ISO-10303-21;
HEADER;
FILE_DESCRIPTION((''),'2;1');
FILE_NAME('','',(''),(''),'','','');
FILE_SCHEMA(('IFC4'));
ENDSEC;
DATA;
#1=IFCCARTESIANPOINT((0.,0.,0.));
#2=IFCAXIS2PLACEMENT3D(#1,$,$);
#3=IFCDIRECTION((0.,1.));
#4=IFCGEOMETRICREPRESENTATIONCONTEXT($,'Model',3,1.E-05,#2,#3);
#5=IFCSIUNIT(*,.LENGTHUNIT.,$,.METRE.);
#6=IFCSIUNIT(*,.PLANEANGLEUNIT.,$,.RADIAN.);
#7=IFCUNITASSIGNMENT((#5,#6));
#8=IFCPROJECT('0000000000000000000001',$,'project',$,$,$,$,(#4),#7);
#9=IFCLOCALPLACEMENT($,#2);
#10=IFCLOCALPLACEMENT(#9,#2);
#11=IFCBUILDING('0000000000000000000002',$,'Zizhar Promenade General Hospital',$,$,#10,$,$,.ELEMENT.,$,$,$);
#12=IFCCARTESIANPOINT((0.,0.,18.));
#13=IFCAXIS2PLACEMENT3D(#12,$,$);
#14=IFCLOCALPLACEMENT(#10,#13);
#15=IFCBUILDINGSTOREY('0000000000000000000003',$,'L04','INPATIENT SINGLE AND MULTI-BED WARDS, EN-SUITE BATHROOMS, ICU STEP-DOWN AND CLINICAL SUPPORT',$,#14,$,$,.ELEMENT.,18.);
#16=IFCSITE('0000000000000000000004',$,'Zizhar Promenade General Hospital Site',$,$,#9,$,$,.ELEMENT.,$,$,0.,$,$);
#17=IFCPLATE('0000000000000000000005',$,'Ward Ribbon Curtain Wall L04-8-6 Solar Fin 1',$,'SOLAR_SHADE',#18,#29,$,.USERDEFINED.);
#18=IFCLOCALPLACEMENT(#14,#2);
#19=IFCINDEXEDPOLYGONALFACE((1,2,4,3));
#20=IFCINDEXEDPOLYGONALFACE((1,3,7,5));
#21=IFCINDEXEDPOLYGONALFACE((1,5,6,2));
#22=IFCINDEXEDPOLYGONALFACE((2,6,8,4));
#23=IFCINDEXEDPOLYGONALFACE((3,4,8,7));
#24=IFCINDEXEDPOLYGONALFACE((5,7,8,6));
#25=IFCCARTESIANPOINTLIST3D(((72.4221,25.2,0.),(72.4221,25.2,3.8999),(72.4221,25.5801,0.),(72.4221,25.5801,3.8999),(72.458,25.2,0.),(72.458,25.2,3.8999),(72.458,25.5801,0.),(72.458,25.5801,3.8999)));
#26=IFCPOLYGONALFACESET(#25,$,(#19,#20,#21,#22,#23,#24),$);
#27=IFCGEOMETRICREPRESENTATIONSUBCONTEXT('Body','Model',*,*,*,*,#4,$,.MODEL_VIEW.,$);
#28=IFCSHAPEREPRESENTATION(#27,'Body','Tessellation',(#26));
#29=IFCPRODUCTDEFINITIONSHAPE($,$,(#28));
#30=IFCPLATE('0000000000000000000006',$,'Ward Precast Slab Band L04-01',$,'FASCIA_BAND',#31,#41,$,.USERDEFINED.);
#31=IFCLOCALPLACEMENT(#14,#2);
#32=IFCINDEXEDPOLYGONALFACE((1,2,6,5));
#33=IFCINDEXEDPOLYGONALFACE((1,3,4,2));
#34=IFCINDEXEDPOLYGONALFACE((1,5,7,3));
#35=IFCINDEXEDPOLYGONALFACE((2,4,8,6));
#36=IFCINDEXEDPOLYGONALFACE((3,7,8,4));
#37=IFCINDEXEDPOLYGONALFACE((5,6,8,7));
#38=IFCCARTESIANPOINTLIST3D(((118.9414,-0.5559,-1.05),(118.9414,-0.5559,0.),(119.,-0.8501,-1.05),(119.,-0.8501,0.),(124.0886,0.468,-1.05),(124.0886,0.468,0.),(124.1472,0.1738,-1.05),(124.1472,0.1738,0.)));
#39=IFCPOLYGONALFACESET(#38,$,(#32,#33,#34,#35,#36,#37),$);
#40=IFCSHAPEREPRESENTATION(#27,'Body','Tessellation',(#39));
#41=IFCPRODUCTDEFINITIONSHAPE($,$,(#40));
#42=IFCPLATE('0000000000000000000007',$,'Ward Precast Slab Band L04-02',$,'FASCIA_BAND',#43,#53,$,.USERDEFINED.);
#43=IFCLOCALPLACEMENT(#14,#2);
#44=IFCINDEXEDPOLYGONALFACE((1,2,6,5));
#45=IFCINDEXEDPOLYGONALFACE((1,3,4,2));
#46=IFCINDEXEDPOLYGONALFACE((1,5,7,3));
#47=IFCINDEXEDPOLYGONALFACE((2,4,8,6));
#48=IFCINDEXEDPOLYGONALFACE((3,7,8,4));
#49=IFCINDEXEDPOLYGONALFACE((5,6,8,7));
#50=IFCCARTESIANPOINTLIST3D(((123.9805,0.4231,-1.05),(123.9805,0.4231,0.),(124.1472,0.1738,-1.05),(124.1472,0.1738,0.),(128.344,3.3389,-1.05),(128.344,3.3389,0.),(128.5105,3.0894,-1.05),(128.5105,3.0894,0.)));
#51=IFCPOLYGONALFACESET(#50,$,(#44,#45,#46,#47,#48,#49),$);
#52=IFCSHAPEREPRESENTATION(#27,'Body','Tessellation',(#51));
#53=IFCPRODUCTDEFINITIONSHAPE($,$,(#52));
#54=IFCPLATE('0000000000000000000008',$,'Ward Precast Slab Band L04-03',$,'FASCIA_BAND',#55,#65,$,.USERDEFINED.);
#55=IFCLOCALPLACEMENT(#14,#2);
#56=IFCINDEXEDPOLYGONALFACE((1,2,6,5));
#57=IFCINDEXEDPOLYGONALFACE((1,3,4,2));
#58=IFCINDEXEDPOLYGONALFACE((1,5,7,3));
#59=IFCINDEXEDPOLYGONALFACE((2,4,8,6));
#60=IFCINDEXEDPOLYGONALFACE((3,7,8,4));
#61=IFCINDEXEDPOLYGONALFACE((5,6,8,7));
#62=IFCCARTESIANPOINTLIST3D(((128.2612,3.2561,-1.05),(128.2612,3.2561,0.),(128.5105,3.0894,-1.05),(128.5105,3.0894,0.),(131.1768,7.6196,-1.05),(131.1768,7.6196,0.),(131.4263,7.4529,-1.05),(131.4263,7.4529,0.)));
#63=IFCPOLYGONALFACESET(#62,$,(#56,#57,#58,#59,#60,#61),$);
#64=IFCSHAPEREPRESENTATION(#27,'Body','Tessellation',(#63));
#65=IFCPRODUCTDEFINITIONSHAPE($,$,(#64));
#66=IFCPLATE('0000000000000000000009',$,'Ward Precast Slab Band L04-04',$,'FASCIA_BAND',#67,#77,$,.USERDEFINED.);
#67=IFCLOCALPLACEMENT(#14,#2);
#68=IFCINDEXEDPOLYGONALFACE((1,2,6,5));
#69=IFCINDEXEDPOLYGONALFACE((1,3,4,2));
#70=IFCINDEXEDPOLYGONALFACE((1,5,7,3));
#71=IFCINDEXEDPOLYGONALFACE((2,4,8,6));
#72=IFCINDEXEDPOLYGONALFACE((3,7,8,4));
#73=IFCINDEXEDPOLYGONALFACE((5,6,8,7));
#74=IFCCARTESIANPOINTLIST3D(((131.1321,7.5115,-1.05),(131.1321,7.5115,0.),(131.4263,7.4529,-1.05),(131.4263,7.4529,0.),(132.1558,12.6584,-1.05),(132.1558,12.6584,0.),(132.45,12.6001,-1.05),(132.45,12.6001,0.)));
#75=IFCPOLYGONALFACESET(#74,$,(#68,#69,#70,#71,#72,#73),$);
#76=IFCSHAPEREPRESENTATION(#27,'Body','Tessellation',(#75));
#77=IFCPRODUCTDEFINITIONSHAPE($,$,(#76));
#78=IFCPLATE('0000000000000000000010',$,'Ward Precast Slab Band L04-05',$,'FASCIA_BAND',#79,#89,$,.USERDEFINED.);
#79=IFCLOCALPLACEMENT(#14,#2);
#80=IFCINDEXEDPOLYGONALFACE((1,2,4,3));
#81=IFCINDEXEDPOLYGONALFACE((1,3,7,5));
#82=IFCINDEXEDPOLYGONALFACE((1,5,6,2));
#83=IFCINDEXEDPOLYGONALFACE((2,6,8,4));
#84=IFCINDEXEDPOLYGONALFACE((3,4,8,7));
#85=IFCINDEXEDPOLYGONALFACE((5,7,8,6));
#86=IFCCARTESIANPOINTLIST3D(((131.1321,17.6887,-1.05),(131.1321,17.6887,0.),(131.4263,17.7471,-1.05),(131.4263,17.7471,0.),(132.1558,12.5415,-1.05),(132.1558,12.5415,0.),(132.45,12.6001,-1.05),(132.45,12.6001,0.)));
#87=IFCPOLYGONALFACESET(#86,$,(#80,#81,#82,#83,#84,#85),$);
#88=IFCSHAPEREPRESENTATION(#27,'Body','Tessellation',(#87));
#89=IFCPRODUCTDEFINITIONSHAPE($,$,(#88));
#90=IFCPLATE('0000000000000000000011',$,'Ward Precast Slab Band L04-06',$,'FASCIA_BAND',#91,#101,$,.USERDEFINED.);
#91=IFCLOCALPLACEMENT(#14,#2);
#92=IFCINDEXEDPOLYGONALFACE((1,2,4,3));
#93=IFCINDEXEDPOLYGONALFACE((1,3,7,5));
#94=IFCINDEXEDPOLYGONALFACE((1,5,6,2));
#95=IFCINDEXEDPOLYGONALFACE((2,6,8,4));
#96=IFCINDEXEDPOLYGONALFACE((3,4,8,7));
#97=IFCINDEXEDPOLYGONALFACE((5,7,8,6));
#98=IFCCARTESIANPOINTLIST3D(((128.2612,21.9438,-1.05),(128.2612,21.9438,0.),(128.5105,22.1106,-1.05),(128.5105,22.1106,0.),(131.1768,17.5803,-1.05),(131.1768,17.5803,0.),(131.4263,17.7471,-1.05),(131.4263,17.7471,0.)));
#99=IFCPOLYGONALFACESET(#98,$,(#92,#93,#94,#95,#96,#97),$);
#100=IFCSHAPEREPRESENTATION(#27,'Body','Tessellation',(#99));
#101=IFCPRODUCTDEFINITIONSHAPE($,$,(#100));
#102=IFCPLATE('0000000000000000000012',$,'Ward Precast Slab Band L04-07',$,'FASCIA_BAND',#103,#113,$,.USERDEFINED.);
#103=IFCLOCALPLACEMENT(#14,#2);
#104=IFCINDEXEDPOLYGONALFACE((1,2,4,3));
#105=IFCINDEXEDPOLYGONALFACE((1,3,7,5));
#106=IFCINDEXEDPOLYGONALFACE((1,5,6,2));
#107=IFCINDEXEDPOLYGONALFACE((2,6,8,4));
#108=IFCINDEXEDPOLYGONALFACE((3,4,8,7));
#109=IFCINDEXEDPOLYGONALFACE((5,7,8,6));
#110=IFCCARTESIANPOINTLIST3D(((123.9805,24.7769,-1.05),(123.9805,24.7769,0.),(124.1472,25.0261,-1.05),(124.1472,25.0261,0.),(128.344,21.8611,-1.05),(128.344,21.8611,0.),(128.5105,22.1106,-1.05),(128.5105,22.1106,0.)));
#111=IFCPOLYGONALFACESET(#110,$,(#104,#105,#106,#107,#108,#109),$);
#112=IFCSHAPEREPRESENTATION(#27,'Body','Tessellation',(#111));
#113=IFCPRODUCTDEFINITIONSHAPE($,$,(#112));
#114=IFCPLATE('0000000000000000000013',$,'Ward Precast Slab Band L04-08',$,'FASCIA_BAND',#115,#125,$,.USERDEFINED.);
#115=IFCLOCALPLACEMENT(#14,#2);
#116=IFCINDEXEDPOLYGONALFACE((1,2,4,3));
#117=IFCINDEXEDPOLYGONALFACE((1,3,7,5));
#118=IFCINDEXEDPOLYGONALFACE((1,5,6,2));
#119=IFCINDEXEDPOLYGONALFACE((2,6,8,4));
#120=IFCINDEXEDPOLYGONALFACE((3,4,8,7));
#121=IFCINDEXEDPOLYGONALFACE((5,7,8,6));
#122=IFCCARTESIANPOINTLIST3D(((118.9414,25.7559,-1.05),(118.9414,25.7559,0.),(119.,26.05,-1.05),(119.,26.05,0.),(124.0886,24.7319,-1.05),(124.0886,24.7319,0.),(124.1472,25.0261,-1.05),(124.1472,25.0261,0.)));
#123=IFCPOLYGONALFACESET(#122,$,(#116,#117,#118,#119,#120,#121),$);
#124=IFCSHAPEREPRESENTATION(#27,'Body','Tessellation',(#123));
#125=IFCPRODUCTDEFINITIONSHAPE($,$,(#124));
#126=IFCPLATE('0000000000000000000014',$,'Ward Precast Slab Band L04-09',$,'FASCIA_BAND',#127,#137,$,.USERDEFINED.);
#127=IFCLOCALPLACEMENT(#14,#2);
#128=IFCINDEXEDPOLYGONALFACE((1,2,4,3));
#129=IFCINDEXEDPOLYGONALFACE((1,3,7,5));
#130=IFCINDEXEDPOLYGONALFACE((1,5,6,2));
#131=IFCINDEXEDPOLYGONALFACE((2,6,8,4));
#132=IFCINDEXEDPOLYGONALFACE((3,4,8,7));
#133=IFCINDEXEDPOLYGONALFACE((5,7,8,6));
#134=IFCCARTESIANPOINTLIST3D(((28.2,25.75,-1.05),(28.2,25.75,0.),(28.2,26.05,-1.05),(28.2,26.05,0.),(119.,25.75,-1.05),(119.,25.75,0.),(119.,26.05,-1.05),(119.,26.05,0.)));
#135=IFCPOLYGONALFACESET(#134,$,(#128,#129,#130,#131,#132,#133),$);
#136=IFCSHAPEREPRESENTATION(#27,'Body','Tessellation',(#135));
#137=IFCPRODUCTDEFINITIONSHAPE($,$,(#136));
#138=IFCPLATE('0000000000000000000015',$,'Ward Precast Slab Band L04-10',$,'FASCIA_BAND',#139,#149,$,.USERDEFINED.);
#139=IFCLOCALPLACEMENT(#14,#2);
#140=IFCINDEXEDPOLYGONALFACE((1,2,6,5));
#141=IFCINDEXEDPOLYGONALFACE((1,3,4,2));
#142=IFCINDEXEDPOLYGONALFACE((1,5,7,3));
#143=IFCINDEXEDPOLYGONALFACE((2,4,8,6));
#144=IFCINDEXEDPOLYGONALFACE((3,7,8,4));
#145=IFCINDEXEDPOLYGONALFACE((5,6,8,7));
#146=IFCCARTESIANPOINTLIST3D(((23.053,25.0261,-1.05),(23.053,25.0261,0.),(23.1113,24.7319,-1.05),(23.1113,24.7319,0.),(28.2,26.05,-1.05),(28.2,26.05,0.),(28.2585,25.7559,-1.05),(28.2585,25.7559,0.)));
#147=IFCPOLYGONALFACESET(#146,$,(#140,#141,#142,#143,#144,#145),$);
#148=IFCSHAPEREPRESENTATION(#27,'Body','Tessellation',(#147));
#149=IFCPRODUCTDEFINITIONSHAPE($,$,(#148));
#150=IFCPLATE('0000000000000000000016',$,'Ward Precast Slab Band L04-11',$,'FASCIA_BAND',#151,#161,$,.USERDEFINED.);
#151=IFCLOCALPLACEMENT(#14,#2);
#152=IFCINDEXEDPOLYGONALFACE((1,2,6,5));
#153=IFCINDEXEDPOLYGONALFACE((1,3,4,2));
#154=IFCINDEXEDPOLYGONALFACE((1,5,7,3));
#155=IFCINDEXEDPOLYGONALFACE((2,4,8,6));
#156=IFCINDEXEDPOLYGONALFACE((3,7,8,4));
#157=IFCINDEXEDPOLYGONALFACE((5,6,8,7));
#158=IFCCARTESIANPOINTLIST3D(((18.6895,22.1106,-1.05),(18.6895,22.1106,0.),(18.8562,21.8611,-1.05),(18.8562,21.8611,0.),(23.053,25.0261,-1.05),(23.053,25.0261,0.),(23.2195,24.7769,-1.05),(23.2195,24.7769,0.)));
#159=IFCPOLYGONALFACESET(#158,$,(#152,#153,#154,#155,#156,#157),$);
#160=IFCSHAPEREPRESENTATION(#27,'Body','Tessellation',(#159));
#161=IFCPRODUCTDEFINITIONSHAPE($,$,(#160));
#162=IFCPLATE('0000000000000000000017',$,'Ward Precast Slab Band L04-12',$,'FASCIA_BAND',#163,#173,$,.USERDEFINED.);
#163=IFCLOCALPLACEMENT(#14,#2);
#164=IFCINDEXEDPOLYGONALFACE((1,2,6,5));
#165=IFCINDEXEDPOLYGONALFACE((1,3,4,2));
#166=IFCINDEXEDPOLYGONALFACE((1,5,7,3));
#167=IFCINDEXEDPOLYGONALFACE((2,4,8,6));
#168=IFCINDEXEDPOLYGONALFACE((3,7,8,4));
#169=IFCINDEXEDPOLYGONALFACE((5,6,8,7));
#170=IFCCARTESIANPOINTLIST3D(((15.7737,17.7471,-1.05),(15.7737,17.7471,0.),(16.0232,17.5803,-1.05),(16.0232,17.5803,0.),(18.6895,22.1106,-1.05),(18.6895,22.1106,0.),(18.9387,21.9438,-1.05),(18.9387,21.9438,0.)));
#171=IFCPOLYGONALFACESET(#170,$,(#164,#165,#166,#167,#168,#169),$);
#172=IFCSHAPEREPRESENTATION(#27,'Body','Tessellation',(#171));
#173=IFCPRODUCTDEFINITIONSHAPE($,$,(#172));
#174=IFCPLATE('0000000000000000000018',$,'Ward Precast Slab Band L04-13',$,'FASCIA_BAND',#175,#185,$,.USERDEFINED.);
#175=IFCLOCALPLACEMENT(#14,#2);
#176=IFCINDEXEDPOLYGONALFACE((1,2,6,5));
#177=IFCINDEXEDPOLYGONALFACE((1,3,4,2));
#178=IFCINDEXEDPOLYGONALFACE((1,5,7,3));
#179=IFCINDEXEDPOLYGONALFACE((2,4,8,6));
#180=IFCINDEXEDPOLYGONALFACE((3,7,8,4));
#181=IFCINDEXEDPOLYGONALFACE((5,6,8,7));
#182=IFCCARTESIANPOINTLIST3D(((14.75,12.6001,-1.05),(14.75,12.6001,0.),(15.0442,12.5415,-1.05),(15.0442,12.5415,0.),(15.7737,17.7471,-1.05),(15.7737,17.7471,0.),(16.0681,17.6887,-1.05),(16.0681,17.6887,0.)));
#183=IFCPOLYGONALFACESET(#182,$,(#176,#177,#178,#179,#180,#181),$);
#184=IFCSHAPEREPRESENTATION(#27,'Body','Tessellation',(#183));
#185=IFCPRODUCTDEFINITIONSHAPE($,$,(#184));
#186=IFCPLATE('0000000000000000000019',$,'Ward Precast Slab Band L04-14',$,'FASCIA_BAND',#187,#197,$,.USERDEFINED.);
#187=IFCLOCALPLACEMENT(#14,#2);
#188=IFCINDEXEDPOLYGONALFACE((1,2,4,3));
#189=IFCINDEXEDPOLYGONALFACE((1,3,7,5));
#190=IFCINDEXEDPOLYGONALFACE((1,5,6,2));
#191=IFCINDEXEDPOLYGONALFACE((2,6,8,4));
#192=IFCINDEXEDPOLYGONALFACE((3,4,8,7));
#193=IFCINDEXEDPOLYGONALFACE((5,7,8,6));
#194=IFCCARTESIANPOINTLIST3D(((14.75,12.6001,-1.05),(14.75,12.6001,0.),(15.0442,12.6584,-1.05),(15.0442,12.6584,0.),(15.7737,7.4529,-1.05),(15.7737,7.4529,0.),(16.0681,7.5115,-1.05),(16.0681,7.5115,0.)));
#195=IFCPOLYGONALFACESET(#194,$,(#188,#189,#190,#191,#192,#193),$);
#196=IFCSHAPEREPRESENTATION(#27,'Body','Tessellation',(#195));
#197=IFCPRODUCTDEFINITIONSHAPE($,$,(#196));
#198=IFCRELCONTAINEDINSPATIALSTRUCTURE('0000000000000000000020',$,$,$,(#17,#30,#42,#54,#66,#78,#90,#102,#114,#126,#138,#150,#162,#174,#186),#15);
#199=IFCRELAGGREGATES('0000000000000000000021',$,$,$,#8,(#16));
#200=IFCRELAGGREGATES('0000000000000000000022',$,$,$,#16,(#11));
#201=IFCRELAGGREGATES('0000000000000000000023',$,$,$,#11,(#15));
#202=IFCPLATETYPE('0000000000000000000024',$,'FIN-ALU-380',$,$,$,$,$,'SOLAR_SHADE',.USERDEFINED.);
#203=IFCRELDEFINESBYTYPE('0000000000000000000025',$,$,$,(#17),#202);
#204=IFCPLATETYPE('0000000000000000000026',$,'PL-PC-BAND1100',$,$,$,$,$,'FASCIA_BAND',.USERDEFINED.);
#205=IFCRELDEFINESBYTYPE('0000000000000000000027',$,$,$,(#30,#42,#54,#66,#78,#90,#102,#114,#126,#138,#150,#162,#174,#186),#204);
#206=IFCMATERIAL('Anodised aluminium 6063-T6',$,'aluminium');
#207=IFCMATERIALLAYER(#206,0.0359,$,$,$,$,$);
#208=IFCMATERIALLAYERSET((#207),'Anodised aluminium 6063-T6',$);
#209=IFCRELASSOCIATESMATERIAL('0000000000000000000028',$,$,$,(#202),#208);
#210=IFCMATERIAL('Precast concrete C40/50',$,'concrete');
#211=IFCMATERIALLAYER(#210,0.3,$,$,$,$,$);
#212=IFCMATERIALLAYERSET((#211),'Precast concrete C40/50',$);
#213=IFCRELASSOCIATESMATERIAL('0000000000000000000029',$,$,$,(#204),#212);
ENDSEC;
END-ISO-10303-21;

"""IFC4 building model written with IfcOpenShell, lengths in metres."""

from ifc_helpers import new_model, si_unit, direction, frame, origin, place, context, subcontext, project, spatial, polyline, outline, extrude, material, layer, layer_set, type_object, element, save


model = new_model("IFC4")

# Units and contexts
model_context = context("Model", 3, precision=1e-05, world=origin(), true_north=direction((0.0, 1.0)))
body_context = subcontext(model_context, "Body", "Model", "MODEL_VIEW")
ifc_project = project(units=[si_unit("LENGTHUNIT", "METRE"), si_unit("PLANEANGLEUNIT", "RADIAN")], contexts=[model_context])

# Site, building, storey
site_placement = place(None, origin())
site = spatial("IfcSite", under=ifc_project, at=site_placement, Name="Zizhar Promenade General Hospital Site", CompositionType="ELEMENT", RefElevation=0.0)
building_placement = place(site_placement, origin())
building = spatial("IfcBuilding", under=site, at=building_placement, Name="Zizhar Promenade General Hospital", CompositionType="ELEMENT")
storey_placement = place(building_placement, frame((0.0, 0.0, 18.0)))
storey = spatial("IfcBuildingStorey", under=building, at=storey_placement, Name="L04", Description="INPATIENT SINGLE AND MULTI-BED WARDS, EN-SUITE BATHROOMS, ICU STEP-DOWN AND CLINICAL SUPPORT", CompositionType="ELEMENT", Elevation=18.0)

# Plates
ifc_material_1 = material(Name="Anodised aluminium 6063-T6", Category="aluminium")
ifc_layer_1 = layer(ifc_material_1, 0.0359)
ifc_layer_set_1 = layer_set([ifc_layer_1], Name="Anodised aluminium 6063-T6")
plate_type_1 = type_object("IfcPlateType", Name="FIN-ALU-380", ElementType="SOLAR_SHADE", PredefinedType="USERDEFINED", material=ifc_layer_set_1)
plate_1_placement = place(storey_placement, origin())
element("IfcPlate", 1, at=plate_1_placement, inside=storey, type_object=plate_type_1, Name="Ward Ribbon Curtain Wall L04-8-6 Solar Fin 1", ObjectType="SOLAR_SHADE", PredefinedType="USERDEFINED", context=body_context, shape_type="SweptSolid", body=[
    extrude(outline(polyline([(72.4221, 25.2), (72.458, 25.2), (72.458, 25.5801), (72.4221, 25.5801), (72.4221, 25.2)])), origin(), (0.0, 0.0, 1.0), 3.8999),
])
ifc_material_2 = material(Name="Precast concrete C40/50", Category="concrete")
ifc_layer_2 = layer(ifc_material_2, 0.3)
ifc_layer_set_2 = layer_set([ifc_layer_2], Name="Precast concrete C40/50")
plate_type_2 = type_object("IfcPlateType", Name="PL-PC-BAND1100", ElementType="FASCIA_BAND", PredefinedType="USERDEFINED", material=ifc_layer_set_2)
plate_2_placement = place(storey_placement, frame((0.0, 0.0, -1.05)))
element("IfcPlate", 2, at=plate_2_placement, inside=storey, type_object=plate_type_2, Name="Ward Precast Slab Band L04-01", ObjectType="FASCIA_BAND", PredefinedType="USERDEFINED", context=body_context, shape_type="SweptSolid", body=[
    extrude(outline(polyline([(119.0, -0.8501), (124.1472, 0.1738), (124.0886, 0.468), (118.9414, -0.5559), (119.0, -0.8501)])), origin(), (0.0, 0.0, 1.0), 1.05),
])
plate_3_placement = place(storey_placement, frame((0.0, 0.0, -1.05)))
element("IfcPlate", 3, at=plate_3_placement, inside=storey, type_object=plate_type_2, Name="Ward Precast Slab Band L04-02", ObjectType="FASCIA_BAND", PredefinedType="USERDEFINED", context=body_context, shape_type="SweptSolid", body=[
    extrude(outline(polyline([(124.1472, 0.1738), (128.5105, 3.0894), (128.344, 3.3389), (123.9805, 0.4231), (124.1472, 0.1738)])), origin(), (0.0, 0.0, 1.0), 1.05),
])
plate_4_placement = place(storey_placement, frame((0.0, 0.0, -1.05)))
element("IfcPlate", 4, at=plate_4_placement, inside=storey, type_object=plate_type_2, Name="Ward Precast Slab Band L04-03", ObjectType="FASCIA_BAND", PredefinedType="USERDEFINED", context=body_context, shape_type="SweptSolid", body=[
    extrude(outline(polyline([(128.5105, 3.0894), (131.4263, 7.4529), (131.1768, 7.6196), (128.2612, 3.2561), (128.5105, 3.0894)])), origin(), (0.0, 0.0, 1.0), 1.05),
])
plate_5_placement = place(storey_placement, frame((0.0, 0.0, -1.05)))
element("IfcPlate", 5, at=plate_5_placement, inside=storey, type_object=plate_type_2, Name="Ward Precast Slab Band L04-04", ObjectType="FASCIA_BAND", PredefinedType="USERDEFINED", context=body_context, shape_type="SweptSolid", body=[
    extrude(outline(polyline([(131.4263, 7.4529), (132.45, 12.6001), (132.1558, 12.6584), (131.1321, 7.5115), (131.4263, 7.4529)])), origin(), (0.0, 0.0, 1.0), 1.05),
])
plate_6_placement = place(storey_placement, frame((0.0, 0.0, -1.05)))
element("IfcPlate", 6, at=plate_6_placement, inside=storey, type_object=plate_type_2, Name="Ward Precast Slab Band L04-05", ObjectType="FASCIA_BAND", PredefinedType="USERDEFINED", context=body_context, shape_type="SweptSolid", body=[
    extrude(outline(polyline([(132.45, 12.6001), (131.4263, 17.7471), (131.1321, 17.6887), (132.1558, 12.5415), (132.45, 12.6001)])), origin(), (0.0, 0.0, 1.0), 1.05),
])
plate_7_placement = place(storey_placement, frame((0.0, 0.0, -1.05)))
element("IfcPlate", 7, at=plate_7_placement, inside=storey, type_object=plate_type_2, Name="Ward Precast Slab Band L04-06", ObjectType="FASCIA_BAND", PredefinedType="USERDEFINED", context=body_context, shape_type="SweptSolid", body=[
    extrude(outline(polyline([(131.4263, 17.7471), (128.5105, 22.1106), (128.2612, 21.9438), (131.1768, 17.5803), (131.4263, 17.7471)])), origin(), (0.0, 0.0, 1.0), 1.05),
])
plate_8_placement = place(storey_placement, frame((0.0, 0.0, -1.05)))
element("IfcPlate", 8, at=plate_8_placement, inside=storey, type_object=plate_type_2, Name="Ward Precast Slab Band L04-07", ObjectType="FASCIA_BAND", PredefinedType="USERDEFINED", context=body_context, shape_type="SweptSolid", body=[
    extrude(outline(polyline([(128.5105, 22.1106), (124.1472, 25.0261), (123.9805, 24.7769), (128.344, 21.8611), (128.5105, 22.1106)])), origin(), (0.0, 0.0, 1.0), 1.05),
])
plate_9_placement = place(storey_placement, frame((0.0, 0.0, -1.05)))
element("IfcPlate", 9, at=plate_9_placement, inside=storey, type_object=plate_type_2, Name="Ward Precast Slab Band L04-08", ObjectType="FASCIA_BAND", PredefinedType="USERDEFINED", context=body_context, shape_type="SweptSolid", body=[
    extrude(outline(polyline([(124.1472, 25.0261), (119.0, 26.05), (118.9414, 25.7559), (124.0886, 24.7319), (124.1472, 25.0261)])), origin(), (0.0, 0.0, 1.0), 1.05),
])
plate_10_placement = place(storey_placement, frame((0.0, 0.0, -1.05)))
element("IfcPlate", 10, at=plate_10_placement, inside=storey, type_object=plate_type_2, Name="Ward Precast Slab Band L04-09", ObjectType="FASCIA_BAND", PredefinedType="USERDEFINED", context=body_context, shape_type="SweptSolid", body=[
    extrude(outline(polyline([(119.0, 26.05), (28.2, 26.05), (28.2, 25.75), (119.0, 25.75), (119.0, 26.05)])), origin(), (0.0, 0.0, 1.0), 1.05),
])
plate_11_placement = place(storey_placement, frame((0.0, 0.0, -1.05)))
element("IfcPlate", 11, at=plate_11_placement, inside=storey, type_object=plate_type_2, Name="Ward Precast Slab Band L04-10", ObjectType="FASCIA_BAND", PredefinedType="USERDEFINED", context=body_context, shape_type="SweptSolid", body=[
    extrude(outline(polyline([(28.2, 26.05), (23.053, 25.0261), (23.1113, 24.7319), (28.2585, 25.7559), (28.2, 26.05)])), origin(), (0.0, 0.0, 1.0), 1.05),
])
plate_12_placement = place(storey_placement, frame((0.0, 0.0, -1.05)))
element("IfcPlate", 12, at=plate_12_placement, inside=storey, type_object=plate_type_2, Name="Ward Precast Slab Band L04-11", ObjectType="FASCIA_BAND", PredefinedType="USERDEFINED", context=body_context, shape_type="SweptSolid", body=[
    extrude(outline(polyline([(23.053, 25.0261), (18.6895, 22.1106), (18.8562, 21.8611), (23.2195, 24.7769), (23.053, 25.0261)])), origin(), (0.0, 0.0, 1.0), 1.05),
])
plate_13_placement = place(storey_placement, frame((0.0, 0.0, -1.05)))
element("IfcPlate", 13, at=plate_13_placement, inside=storey, type_object=plate_type_2, Name="Ward Precast Slab Band L04-12", ObjectType="FASCIA_BAND", PredefinedType="USERDEFINED", context=body_context, shape_type="SweptSolid", body=[
    extrude(outline(polyline([(18.6895, 22.1106), (15.7737, 17.7471), (16.0232, 17.5803), (18.9387, 21.9438), (18.6895, 22.1106)])), origin(), (0.0, 0.0, 1.0), 1.05),
])
plate_14_placement = place(storey_placement, frame((0.0, 0.0, -1.05)))
element("IfcPlate", 14, at=plate_14_placement, inside=storey, type_object=plate_type_2, Name="Ward Precast Slab Band L04-13", ObjectType="FASCIA_BAND", PredefinedType="USERDEFINED", context=body_context, shape_type="SweptSolid", body=[
    extrude(outline(polyline([(15.7737, 17.7471), (14.75, 12.6001), (15.0442, 12.5415), (16.0681, 17.6887), (15.7737, 17.7471)])), origin(), (0.0, 0.0, 1.0), 1.05),
])
plate_15_placement = place(storey_placement, frame((0.0, 0.0, -1.05)))
element("IfcPlate", 15, at=plate_15_placement, inside=storey, type_object=plate_type_2, Name="Ward Precast Slab Band L04-14", ObjectType="FASCIA_BAND", PredefinedType="USERDEFINED", context=body_context, shape_type="SweptSolid", body=[
    extrude(outline(polyline([(14.75, 12.6001), (15.7737, 7.4529), (16.0681, 7.5115), (15.0442, 12.6584), (14.75, 12.6001)])), origin(), (0.0, 0.0, 1.0), 1.05),
])

save(model, "model.ifc")
